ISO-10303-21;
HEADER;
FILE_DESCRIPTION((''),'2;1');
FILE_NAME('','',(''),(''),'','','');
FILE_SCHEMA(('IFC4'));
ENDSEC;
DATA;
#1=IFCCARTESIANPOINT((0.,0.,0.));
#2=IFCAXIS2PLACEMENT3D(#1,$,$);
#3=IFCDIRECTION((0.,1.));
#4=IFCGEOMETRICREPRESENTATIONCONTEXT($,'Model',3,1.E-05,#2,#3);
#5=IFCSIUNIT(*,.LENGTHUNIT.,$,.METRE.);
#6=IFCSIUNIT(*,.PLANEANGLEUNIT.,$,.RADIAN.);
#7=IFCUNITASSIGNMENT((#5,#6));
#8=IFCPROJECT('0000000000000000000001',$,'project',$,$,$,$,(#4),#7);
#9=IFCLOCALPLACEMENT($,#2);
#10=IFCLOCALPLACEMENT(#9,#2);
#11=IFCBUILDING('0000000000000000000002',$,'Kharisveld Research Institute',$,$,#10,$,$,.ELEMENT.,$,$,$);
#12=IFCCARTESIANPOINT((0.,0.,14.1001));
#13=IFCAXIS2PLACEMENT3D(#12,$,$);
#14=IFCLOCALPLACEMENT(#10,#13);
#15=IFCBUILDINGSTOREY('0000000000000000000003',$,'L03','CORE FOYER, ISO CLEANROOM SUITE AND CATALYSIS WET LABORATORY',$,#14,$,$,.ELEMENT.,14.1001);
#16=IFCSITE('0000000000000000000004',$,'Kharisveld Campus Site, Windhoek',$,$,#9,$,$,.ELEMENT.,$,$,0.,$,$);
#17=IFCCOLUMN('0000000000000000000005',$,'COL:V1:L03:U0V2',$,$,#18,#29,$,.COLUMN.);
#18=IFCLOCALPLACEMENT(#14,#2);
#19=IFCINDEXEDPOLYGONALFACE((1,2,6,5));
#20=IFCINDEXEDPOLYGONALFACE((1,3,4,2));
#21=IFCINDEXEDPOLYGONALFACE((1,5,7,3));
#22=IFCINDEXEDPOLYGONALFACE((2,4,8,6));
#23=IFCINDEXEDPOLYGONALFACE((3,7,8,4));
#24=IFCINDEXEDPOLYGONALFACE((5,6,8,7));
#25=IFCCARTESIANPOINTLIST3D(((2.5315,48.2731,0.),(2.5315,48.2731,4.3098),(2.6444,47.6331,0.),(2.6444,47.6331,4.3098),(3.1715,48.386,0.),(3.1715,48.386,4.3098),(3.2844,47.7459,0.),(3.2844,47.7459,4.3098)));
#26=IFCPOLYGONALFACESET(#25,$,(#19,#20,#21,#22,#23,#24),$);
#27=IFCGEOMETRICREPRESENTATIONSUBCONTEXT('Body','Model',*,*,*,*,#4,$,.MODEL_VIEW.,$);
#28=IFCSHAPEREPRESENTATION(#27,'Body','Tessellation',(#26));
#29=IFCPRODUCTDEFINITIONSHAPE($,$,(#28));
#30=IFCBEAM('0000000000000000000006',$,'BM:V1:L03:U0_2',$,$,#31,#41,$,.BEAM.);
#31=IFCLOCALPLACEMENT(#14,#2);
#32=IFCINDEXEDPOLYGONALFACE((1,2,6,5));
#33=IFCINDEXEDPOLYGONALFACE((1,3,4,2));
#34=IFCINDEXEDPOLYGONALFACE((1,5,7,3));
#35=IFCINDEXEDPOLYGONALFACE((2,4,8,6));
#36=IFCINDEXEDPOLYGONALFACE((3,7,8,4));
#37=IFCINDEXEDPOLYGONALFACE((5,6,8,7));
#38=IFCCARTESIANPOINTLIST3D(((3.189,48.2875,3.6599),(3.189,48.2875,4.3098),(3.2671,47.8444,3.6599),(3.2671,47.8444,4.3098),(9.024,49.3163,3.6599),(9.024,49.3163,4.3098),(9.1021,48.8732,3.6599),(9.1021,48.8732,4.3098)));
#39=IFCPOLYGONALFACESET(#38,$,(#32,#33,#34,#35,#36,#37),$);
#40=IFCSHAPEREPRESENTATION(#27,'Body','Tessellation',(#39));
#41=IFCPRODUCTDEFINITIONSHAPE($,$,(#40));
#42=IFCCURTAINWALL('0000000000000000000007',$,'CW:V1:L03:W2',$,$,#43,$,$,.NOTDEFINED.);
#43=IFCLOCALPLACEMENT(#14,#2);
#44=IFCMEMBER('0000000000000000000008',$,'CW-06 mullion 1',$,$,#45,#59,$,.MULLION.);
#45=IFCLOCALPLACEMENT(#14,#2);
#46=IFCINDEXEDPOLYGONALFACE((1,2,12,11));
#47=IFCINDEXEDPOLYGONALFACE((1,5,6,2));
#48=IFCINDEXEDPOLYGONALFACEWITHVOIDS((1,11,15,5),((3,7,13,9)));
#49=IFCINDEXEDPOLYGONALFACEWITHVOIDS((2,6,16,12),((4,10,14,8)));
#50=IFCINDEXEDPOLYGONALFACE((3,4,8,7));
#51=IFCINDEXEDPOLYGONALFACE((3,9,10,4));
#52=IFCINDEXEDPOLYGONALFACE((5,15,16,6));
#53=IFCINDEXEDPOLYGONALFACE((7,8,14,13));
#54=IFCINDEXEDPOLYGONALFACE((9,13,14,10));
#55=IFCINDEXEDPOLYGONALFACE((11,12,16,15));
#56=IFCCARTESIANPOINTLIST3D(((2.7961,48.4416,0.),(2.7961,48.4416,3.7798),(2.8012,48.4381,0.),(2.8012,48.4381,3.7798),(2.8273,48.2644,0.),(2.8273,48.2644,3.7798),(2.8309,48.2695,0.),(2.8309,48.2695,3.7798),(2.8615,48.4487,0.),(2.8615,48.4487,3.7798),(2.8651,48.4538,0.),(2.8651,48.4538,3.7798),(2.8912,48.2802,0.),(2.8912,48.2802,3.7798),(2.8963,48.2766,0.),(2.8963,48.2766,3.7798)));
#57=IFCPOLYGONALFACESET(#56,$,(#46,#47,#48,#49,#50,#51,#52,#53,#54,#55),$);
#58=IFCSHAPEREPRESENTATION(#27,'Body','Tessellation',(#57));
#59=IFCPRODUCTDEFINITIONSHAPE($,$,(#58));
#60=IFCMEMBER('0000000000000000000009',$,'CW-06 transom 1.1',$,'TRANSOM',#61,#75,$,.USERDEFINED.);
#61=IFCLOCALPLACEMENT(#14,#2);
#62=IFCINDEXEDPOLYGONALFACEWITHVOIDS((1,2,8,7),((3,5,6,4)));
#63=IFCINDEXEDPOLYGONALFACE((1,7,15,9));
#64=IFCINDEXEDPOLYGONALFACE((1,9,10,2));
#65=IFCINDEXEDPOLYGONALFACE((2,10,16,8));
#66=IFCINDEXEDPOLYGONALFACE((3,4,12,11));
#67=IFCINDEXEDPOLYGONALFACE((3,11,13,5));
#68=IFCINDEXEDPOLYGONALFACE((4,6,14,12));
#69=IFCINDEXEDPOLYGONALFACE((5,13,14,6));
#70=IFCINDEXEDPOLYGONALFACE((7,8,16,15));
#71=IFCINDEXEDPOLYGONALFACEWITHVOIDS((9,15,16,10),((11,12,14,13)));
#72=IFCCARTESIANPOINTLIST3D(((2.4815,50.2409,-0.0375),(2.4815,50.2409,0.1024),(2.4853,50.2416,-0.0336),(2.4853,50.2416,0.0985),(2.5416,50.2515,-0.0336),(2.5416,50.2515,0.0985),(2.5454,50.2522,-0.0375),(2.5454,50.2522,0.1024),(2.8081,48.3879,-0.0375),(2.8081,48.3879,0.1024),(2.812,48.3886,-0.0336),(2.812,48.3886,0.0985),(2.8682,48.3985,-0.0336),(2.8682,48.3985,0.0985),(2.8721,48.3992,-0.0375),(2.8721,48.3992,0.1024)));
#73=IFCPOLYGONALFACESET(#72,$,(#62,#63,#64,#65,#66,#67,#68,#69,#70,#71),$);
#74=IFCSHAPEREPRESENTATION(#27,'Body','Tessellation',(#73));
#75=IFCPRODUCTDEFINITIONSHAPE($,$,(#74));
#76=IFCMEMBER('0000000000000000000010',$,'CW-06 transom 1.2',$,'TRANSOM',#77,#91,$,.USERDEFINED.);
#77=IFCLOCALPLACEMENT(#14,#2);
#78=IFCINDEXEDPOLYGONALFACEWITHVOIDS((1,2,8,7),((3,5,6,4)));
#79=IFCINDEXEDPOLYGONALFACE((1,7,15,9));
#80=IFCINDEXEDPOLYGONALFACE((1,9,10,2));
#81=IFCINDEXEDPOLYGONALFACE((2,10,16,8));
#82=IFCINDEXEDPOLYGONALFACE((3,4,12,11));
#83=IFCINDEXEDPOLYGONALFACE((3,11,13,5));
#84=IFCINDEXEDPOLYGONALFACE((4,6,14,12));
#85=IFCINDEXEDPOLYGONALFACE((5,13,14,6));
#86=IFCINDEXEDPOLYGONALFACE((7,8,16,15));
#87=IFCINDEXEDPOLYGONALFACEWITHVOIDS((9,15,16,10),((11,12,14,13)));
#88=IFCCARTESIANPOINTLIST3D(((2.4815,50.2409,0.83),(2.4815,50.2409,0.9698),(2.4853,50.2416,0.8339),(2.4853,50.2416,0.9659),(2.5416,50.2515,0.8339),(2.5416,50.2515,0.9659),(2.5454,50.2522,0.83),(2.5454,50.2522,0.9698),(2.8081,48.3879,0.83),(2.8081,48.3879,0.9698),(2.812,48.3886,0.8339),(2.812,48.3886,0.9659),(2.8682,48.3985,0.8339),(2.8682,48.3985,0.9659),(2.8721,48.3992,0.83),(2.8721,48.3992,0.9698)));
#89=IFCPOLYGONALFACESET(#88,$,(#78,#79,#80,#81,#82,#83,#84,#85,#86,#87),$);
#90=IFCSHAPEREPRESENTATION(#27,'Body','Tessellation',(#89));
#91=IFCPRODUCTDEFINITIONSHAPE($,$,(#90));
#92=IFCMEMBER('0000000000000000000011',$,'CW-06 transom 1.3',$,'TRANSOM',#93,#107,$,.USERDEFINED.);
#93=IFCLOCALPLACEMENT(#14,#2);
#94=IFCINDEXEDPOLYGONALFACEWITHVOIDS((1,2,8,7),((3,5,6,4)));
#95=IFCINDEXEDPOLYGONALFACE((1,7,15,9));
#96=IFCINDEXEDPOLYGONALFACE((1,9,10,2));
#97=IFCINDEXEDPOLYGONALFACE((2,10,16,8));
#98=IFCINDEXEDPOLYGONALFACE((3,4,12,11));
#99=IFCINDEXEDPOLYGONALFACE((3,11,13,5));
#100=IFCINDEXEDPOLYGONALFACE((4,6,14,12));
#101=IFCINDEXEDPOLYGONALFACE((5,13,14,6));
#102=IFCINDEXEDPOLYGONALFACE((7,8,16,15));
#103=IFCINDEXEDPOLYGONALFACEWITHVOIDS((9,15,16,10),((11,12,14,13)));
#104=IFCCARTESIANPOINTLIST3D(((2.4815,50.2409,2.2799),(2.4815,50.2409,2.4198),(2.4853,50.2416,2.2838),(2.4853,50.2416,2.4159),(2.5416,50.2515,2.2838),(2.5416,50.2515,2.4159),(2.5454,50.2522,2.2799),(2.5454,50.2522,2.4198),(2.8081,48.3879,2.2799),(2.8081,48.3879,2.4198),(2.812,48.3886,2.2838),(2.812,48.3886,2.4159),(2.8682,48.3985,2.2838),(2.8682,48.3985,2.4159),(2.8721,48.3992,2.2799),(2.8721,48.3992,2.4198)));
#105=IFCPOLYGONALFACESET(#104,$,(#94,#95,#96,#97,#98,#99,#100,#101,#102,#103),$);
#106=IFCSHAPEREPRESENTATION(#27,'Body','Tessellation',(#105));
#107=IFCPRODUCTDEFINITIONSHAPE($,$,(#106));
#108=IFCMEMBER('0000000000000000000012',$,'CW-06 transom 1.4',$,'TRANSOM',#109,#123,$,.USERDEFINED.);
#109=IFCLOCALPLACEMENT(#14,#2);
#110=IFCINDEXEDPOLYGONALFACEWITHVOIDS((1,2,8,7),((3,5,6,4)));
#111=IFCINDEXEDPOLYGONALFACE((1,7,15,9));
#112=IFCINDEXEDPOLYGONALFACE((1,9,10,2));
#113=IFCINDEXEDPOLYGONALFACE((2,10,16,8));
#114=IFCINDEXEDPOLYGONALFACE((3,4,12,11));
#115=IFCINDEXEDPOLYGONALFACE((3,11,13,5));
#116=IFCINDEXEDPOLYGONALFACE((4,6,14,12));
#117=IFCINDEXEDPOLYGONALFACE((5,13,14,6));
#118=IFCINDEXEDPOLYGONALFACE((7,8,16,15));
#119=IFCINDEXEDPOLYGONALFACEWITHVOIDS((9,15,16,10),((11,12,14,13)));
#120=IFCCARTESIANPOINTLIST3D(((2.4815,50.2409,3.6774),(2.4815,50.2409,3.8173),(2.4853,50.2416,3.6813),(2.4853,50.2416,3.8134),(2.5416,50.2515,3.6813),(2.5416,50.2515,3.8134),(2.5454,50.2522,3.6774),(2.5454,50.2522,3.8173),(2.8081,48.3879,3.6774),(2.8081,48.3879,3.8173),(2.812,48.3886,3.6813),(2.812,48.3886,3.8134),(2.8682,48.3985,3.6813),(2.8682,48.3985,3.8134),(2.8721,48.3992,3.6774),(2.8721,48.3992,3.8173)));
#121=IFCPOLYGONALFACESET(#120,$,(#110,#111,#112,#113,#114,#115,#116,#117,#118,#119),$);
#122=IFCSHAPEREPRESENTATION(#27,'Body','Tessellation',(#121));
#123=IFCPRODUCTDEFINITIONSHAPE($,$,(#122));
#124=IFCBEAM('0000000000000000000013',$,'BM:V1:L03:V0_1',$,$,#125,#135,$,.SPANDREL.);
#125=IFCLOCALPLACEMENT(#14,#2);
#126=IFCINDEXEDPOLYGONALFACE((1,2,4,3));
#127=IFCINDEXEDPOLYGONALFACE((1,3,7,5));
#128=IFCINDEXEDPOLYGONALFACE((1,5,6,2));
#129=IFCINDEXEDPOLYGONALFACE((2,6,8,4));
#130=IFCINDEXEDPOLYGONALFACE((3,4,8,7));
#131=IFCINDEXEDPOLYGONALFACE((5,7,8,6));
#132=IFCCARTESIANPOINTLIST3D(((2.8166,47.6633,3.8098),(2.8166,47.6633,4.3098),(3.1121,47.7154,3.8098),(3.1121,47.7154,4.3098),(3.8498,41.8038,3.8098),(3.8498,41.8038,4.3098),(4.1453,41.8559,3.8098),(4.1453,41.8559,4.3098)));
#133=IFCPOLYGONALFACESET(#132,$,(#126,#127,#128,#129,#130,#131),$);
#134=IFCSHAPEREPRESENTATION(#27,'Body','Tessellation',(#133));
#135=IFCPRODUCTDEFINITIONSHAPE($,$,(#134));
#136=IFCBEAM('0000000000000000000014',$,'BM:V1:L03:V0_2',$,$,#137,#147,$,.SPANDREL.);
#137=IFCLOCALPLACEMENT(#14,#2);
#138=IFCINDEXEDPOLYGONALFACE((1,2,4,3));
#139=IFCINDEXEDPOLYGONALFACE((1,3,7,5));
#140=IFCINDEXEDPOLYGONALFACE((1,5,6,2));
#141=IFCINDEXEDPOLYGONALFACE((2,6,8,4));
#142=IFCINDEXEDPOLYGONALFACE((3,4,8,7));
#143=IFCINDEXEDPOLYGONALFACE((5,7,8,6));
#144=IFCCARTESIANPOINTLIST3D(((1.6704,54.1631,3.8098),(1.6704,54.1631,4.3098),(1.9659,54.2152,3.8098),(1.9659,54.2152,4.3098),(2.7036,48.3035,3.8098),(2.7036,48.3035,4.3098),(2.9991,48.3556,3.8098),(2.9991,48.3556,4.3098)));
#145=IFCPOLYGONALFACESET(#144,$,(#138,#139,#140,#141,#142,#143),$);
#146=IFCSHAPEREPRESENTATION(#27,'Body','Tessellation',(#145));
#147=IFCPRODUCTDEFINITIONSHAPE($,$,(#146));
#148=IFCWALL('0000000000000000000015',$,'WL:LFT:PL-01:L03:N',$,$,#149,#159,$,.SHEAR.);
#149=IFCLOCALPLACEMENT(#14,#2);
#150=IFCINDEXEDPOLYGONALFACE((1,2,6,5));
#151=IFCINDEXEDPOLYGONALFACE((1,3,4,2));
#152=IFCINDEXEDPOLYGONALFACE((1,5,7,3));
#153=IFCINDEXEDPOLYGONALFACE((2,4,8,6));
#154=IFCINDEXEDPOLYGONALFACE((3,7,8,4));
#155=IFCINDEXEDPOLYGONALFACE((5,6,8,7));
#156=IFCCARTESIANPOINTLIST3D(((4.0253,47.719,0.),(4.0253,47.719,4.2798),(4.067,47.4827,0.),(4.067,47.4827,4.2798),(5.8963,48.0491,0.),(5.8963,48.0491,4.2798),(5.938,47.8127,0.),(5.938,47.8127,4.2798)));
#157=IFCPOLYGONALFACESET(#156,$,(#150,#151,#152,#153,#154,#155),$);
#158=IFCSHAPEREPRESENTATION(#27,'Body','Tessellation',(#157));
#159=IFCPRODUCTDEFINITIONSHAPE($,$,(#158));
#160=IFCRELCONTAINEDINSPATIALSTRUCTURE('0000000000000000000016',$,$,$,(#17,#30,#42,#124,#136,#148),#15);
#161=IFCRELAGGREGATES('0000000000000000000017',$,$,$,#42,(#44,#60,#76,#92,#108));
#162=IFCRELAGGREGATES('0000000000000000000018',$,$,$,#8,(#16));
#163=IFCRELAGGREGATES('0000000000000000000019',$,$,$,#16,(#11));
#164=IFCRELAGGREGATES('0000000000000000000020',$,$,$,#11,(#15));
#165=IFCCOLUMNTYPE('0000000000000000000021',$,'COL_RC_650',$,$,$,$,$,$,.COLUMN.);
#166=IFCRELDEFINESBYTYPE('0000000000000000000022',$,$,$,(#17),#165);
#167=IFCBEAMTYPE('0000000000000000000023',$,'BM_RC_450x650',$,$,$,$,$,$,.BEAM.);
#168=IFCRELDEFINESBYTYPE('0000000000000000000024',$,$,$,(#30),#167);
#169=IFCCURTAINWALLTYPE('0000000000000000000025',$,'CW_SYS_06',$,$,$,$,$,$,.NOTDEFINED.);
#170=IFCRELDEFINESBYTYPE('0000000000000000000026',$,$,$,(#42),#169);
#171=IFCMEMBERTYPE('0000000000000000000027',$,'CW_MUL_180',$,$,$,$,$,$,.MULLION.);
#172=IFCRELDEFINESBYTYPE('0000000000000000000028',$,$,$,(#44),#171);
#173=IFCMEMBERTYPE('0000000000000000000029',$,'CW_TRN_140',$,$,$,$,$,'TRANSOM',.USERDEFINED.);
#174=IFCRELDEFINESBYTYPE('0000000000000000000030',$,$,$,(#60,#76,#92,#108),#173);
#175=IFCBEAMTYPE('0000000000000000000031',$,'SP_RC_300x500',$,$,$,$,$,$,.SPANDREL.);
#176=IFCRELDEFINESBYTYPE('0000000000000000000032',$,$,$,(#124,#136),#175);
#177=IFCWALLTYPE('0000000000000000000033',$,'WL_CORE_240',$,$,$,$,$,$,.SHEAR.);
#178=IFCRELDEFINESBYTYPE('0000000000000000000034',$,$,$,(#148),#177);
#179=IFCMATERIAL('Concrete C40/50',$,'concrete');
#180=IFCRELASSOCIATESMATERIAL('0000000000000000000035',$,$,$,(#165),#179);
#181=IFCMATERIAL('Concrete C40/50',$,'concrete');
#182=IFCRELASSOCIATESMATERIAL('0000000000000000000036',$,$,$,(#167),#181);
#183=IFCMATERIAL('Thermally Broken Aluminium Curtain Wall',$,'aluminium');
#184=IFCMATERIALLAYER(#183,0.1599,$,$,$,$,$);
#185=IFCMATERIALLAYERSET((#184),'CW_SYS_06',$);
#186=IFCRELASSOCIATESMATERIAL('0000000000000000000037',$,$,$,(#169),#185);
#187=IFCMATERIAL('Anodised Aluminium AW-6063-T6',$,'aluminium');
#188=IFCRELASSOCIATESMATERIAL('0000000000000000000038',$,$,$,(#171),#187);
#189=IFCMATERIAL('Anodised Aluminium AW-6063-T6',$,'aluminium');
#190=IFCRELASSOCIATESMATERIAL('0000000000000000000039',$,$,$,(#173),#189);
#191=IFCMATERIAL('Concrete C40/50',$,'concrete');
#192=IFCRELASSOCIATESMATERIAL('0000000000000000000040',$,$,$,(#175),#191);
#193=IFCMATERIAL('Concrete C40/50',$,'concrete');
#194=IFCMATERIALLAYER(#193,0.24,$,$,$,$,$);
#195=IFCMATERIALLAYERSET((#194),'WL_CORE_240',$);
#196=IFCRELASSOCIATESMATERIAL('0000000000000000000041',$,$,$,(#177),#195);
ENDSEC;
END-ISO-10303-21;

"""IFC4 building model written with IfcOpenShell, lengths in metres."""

from ifc_helpers import new_model, si_unit, direction, frame, frame_2d, origin, origin_2d, place, context, subcontext, project, spatial, rectangle, hollow_rectangle, extrude, material, layer, layer_set, material_profile, profile_set, type_object, element, aggregate, save


model = new_model("IFC4")

# Units and contexts
model_context = context("Model", 3, precision=1e-05, world=origin(), true_north=direction((0.0, 1.0)))
body_context = subcontext(model_context, "Body", "Model", "MODEL_VIEW")
ifc_project = project(units=[si_unit("LENGTHUNIT", "METRE"), si_unit("PLANEANGLEUNIT", "RADIAN")], contexts=[model_context])

# Site, building, storey
site_placement = place(None, origin())
site = spatial("IfcSite", under=ifc_project, at=site_placement, Name="Kharisveld Campus Site, Windhoek", CompositionType="ELEMENT", RefElevation=0.0)
building_placement = place(site_placement, origin())
building = spatial("IfcBuilding", under=site, at=building_placement, Name="Kharisveld Research Institute", CompositionType="ELEMENT")
storey_placement = place(building_placement, frame((0.0, 0.0, 14.1001)))
storey = spatial("IfcBuildingStorey", under=building, at=storey_placement, Name="L03", Description="CORE FOYER, ISO CLEANROOM SUITE AND CATALYSIS WET LABORATORY", CompositionType="ELEMENT", Elevation=14.1001)

# Column
ifc_material_1 = material(Name="Concrete C40/50", Category="concrete")
ifc_material_profile_1 = material_profile(ifc_material_1, rectangle(XDim=0.6499, YDim=0.6499, at=origin_2d()))
ifc_profile_set_1 = profile_set([ifc_material_profile_1], Name="Concrete C40/50")
column_type = type_object("IfcColumnType", Name="COL_RC_650", PredefinedType="COLUMN", material=ifc_profile_set_1)
column_placement = place(storey_placement, frame((2.908, 48.0095, 0.0), z_axis=(0.0, 0.0, 1.0), x_axis=(0.984808, 0.173648, 0.0)))
element("IfcColumn", 1, at=column_placement, inside=storey, type_object=column_type, Name="COL:V1:L03:U0V2", PredefinedType="COLUMN", context=body_context, shape_type="SweptSolid", body=[
    extrude(rectangle(XDim=0.6499, YDim=0.6499, at=origin_2d()), origin(), (0.0, 0.0, 1.0), 4.3098),
])

# Beam
ifc_material_2 = material(Name="Concrete C40/50", Category="concrete")
ifc_material_profile_2 = material_profile(ifc_material_2, rectangle(XDim=0.45, YDim=0.6499, at=origin_2d()))
ifc_profile_set_2 = profile_set([ifc_material_profile_2], Name="Concrete C40/50")
beam_type_1 = type_object("IfcBeamType", Name="BM_RC_450x650", PredefinedType="BEAM", material=ifc_profile_set_2)
beam_placement = place(storey_placement, frame((3.228, 48.0659, 3.9849), z_axis=(0.984809, 0.17364, 0.0), x_axis=(-0.17364, 0.984809, 0.0)))
element("IfcBeam", 2, at=beam_placement, inside=storey, type_object=beam_type_1, Name="BM:V1:L03:U0_2", PredefinedType="BEAM", context=body_context, shape_type="SweptSolid", body=[
    extrude(rectangle(XDim=0.45, YDim=0.6499, at=origin_2d()), origin(), (0.0, 0.0, 1.0), 5.925),
])

# Curtain wall, members
ifc_material_3 = material(Name="Thermally Broken Aluminium Curtain Wall", Category="aluminium")
ifc_layer_1 = layer(ifc_material_3, 0.1599)
ifc_layer_set_1 = layer_set([ifc_layer_1], Name="CW_SYS_06")
curtain_wall_type = type_object("IfcCurtainWallType", Name="CW_SYS_06", PredefinedType="NOTDEFINED", material=ifc_layer_set_1)
curtain_wall_placement = place(storey_placement, origin())
curtain_wall = element("IfcCurtainWall", 3, at=curtain_wall_placement, inside=storey, type_object=curtain_wall_type, Name="CW:V1:L03:W2", PredefinedType="NOTDEFINED")
ifc_material_4 = material(Name="Anodised Aluminium AW-6063-T6", Category="aluminium")
ifc_material_profile_3 = material_profile(ifc_material_4, hollow_rectangle(XDim=0.0701, YDim=0.1799, WallThickness=0.0044, at=origin_2d()))
ifc_profile_set_3 = profile_set([ifc_material_profile_3], Name="Anodised Aluminium AW-6063-T6")
member_type_1 = type_object("IfcMemberType", Name="CW_MUL_180", PredefinedType="MULLION", material=ifc_profile_set_3)
member_1_placement = place(storey_placement, frame((2.8462, 48.3591, 0.0), z_axis=(0.0, 0.0, 1.0), x_axis=(-0.984808, -0.173648, 0.0)))
member_1 = element("IfcMember", 4, at=member_1_placement, type_object=member_type_1, Name="CW-06 mullion 1", PredefinedType="MULLION", context=body_context, shape_type="SweptSolid", body=[
    extrude(hollow_rectangle(XDim=0.0701, YDim=0.1799, WallThickness=0.0044, at=origin_2d()), origin(), (0.0, 0.0, 1.0), 3.7798),
])
ifc_material_5 = material(Name="Anodised Aluminium AW-6063-T6", Category="aluminium")
ifc_material_profile_4 = material_profile(ifc_material_5, hollow_rectangle(XDim=0.0649, YDim=0.1399, WallThickness=0.0039, at=origin_2d()))
ifc_profile_set_4 = profile_set([ifc_material_profile_4], Name="Anodised Aluminium AW-6063-T6")
member_type_2 = type_object("IfcMemberType", Name="CW_TRN_140", ElementType="TRANSOM", PredefinedType="USERDEFINED", material=ifc_profile_set_4)
member_2_placement = place(storey_placement, frame((2.8401, 48.3936, 0.0325), z_axis=(-0.173608, 0.984815, 0.0), x_axis=(-0.984815, -0.173608, 0.0)))
member_2 = element("IfcMember", 5, at=member_2_placement, type_object=member_type_2, Name="CW-06 transom 1.1", ObjectType="TRANSOM", PredefinedType="USERDEFINED", context=body_context, shape_type="SweptSolid", body=[
    extrude(hollow_rectangle(XDim=0.0649, YDim=0.1399, WallThickness=0.0039, at=origin_2d()), origin(), (0.0, 0.0, 1.0), 1.8816),
])
member_3_placement = place(storey_placement, frame((2.8401, 48.3936, 0.8999), z_axis=(-0.173608, 0.984815, 0.0), x_axis=(-0.984815, -0.173608, 0.0)))
member_3 = element("IfcMember", 6, at=member_3_placement, type_object=member_type_2, Name="CW-06 transom 1.2", ObjectType="TRANSOM", PredefinedType="USERDEFINED", context=body_context, shape_type="SweptSolid", body=[
    extrude(hollow_rectangle(XDim=0.0649, YDim=0.1399, WallThickness=0.0039, at=origin_2d()), origin(), (0.0, 0.0, 1.0), 1.8816),
])
member_4_placement = place(storey_placement, frame((2.8401, 48.3936, 2.3499), z_axis=(-0.173608, 0.984815, 0.0), x_axis=(-0.984815, -0.173608, 0.0)))
member_4 = element("IfcMember", 7, at=member_4_placement, type_object=member_type_2, Name="CW-06 transom 1.3", ObjectType="TRANSOM", PredefinedType="USERDEFINED", context=body_context, shape_type="SweptSolid", body=[
    extrude(hollow_rectangle(XDim=0.0649, YDim=0.1399, WallThickness=0.0039, at=origin_2d()), origin(), (0.0, 0.0, 1.0), 1.8816),
])
member_5_placement = place(storey_placement, frame((2.8401, 48.3936, 3.7473), z_axis=(-0.173608, 0.984815, 0.0), x_axis=(-0.984815, -0.173608, 0.0)))
member_5 = element("IfcMember", 8, at=member_5_placement, type_object=member_type_2, Name="CW-06 transom 1.4", ObjectType="TRANSOM", PredefinedType="USERDEFINED", context=body_context, shape_type="SweptSolid", body=[
    extrude(hollow_rectangle(XDim=0.0649, YDim=0.1399, WallThickness=0.0039, at=origin_2d()), origin(), (0.0, 0.0, 1.0), 1.8816),
])
aggregate(curtain_wall, [member_1, member_2, member_3, member_4, member_5])

# Beams
ifc_material_6 = material(Name="Concrete C40/50", Category="concrete")
ifc_material_profile_5 = material_profile(ifc_material_6, rectangle(XDim=0.3, YDim=0.5, at=origin_2d()))
ifc_profile_set_5 = profile_set([ifc_material_profile_5], Name="Concrete C40/50")
beam_type_2 = type_object("IfcBeamType", Name="SP_RC_300x500", PredefinedType="SPANDREL", material=ifc_profile_set_5)
for number, where, z_axis, x_axis, name in (
    (9, (3.9976, 41.8298, 4.0598), (-0.173647, 0.984808, 0.0), (-0.984808, -0.173647, 0.0), "BM:V1:L03:V0_1"),
    (10, (2.8513, 48.3296, 4.0598), (-0.173647, 0.984808, 0.0), (-0.984808, -0.173647, 0.0), "BM:V1:L03:V0_2"),
):
    element("IfcBeam", number, at=place(storey_placement, frame(where, z_axis=z_axis, x_axis=x_axis)), inside=storey, type_object=beam_type_2, Name=name, PredefinedType="SPANDREL", context=body_context, shape_type="SweptSolid", body=[
        extrude(rectangle(XDim=0.3, YDim=0.5, at=origin_2d()), origin(), (0.0, 0.0, 1.0), 5.95),
    ])

# Wall
ifc_material_7 = material(Name="Concrete C40/50", Category="concrete")
ifc_layer_2 = layer(ifc_material_7, 0.24)
ifc_layer_set_2 = layer_set([ifc_layer_2], Name="WL_CORE_240")
wall_type_1 = type_object("IfcWallType", Name="WL_CORE_240", PredefinedType="SHEAR", material=ifc_layer_set_2)
wall_1_placement = place(storey_placement, frame((4.0461, 47.6008, 0.0), z_axis=(0.0, 0.0, 1.0), x_axis=(0.984794, 0.173727, 0.0)))
element("IfcWall", 11, at=wall_1_placement, inside=storey, type_object=wall_type_1, Name="WL:LFT:PL-01:L03:N", PredefinedType="SHEAR", context=body_context, shape_type="SweptSolid", body=[
    extrude(rectangle(XDim=1.8999, YDim=0.24, at=frame_2d((0.95, 0.0))), origin(), (0.0, 0.0, 1.0), 4.2798),
])

save(model, "model.ifc")
